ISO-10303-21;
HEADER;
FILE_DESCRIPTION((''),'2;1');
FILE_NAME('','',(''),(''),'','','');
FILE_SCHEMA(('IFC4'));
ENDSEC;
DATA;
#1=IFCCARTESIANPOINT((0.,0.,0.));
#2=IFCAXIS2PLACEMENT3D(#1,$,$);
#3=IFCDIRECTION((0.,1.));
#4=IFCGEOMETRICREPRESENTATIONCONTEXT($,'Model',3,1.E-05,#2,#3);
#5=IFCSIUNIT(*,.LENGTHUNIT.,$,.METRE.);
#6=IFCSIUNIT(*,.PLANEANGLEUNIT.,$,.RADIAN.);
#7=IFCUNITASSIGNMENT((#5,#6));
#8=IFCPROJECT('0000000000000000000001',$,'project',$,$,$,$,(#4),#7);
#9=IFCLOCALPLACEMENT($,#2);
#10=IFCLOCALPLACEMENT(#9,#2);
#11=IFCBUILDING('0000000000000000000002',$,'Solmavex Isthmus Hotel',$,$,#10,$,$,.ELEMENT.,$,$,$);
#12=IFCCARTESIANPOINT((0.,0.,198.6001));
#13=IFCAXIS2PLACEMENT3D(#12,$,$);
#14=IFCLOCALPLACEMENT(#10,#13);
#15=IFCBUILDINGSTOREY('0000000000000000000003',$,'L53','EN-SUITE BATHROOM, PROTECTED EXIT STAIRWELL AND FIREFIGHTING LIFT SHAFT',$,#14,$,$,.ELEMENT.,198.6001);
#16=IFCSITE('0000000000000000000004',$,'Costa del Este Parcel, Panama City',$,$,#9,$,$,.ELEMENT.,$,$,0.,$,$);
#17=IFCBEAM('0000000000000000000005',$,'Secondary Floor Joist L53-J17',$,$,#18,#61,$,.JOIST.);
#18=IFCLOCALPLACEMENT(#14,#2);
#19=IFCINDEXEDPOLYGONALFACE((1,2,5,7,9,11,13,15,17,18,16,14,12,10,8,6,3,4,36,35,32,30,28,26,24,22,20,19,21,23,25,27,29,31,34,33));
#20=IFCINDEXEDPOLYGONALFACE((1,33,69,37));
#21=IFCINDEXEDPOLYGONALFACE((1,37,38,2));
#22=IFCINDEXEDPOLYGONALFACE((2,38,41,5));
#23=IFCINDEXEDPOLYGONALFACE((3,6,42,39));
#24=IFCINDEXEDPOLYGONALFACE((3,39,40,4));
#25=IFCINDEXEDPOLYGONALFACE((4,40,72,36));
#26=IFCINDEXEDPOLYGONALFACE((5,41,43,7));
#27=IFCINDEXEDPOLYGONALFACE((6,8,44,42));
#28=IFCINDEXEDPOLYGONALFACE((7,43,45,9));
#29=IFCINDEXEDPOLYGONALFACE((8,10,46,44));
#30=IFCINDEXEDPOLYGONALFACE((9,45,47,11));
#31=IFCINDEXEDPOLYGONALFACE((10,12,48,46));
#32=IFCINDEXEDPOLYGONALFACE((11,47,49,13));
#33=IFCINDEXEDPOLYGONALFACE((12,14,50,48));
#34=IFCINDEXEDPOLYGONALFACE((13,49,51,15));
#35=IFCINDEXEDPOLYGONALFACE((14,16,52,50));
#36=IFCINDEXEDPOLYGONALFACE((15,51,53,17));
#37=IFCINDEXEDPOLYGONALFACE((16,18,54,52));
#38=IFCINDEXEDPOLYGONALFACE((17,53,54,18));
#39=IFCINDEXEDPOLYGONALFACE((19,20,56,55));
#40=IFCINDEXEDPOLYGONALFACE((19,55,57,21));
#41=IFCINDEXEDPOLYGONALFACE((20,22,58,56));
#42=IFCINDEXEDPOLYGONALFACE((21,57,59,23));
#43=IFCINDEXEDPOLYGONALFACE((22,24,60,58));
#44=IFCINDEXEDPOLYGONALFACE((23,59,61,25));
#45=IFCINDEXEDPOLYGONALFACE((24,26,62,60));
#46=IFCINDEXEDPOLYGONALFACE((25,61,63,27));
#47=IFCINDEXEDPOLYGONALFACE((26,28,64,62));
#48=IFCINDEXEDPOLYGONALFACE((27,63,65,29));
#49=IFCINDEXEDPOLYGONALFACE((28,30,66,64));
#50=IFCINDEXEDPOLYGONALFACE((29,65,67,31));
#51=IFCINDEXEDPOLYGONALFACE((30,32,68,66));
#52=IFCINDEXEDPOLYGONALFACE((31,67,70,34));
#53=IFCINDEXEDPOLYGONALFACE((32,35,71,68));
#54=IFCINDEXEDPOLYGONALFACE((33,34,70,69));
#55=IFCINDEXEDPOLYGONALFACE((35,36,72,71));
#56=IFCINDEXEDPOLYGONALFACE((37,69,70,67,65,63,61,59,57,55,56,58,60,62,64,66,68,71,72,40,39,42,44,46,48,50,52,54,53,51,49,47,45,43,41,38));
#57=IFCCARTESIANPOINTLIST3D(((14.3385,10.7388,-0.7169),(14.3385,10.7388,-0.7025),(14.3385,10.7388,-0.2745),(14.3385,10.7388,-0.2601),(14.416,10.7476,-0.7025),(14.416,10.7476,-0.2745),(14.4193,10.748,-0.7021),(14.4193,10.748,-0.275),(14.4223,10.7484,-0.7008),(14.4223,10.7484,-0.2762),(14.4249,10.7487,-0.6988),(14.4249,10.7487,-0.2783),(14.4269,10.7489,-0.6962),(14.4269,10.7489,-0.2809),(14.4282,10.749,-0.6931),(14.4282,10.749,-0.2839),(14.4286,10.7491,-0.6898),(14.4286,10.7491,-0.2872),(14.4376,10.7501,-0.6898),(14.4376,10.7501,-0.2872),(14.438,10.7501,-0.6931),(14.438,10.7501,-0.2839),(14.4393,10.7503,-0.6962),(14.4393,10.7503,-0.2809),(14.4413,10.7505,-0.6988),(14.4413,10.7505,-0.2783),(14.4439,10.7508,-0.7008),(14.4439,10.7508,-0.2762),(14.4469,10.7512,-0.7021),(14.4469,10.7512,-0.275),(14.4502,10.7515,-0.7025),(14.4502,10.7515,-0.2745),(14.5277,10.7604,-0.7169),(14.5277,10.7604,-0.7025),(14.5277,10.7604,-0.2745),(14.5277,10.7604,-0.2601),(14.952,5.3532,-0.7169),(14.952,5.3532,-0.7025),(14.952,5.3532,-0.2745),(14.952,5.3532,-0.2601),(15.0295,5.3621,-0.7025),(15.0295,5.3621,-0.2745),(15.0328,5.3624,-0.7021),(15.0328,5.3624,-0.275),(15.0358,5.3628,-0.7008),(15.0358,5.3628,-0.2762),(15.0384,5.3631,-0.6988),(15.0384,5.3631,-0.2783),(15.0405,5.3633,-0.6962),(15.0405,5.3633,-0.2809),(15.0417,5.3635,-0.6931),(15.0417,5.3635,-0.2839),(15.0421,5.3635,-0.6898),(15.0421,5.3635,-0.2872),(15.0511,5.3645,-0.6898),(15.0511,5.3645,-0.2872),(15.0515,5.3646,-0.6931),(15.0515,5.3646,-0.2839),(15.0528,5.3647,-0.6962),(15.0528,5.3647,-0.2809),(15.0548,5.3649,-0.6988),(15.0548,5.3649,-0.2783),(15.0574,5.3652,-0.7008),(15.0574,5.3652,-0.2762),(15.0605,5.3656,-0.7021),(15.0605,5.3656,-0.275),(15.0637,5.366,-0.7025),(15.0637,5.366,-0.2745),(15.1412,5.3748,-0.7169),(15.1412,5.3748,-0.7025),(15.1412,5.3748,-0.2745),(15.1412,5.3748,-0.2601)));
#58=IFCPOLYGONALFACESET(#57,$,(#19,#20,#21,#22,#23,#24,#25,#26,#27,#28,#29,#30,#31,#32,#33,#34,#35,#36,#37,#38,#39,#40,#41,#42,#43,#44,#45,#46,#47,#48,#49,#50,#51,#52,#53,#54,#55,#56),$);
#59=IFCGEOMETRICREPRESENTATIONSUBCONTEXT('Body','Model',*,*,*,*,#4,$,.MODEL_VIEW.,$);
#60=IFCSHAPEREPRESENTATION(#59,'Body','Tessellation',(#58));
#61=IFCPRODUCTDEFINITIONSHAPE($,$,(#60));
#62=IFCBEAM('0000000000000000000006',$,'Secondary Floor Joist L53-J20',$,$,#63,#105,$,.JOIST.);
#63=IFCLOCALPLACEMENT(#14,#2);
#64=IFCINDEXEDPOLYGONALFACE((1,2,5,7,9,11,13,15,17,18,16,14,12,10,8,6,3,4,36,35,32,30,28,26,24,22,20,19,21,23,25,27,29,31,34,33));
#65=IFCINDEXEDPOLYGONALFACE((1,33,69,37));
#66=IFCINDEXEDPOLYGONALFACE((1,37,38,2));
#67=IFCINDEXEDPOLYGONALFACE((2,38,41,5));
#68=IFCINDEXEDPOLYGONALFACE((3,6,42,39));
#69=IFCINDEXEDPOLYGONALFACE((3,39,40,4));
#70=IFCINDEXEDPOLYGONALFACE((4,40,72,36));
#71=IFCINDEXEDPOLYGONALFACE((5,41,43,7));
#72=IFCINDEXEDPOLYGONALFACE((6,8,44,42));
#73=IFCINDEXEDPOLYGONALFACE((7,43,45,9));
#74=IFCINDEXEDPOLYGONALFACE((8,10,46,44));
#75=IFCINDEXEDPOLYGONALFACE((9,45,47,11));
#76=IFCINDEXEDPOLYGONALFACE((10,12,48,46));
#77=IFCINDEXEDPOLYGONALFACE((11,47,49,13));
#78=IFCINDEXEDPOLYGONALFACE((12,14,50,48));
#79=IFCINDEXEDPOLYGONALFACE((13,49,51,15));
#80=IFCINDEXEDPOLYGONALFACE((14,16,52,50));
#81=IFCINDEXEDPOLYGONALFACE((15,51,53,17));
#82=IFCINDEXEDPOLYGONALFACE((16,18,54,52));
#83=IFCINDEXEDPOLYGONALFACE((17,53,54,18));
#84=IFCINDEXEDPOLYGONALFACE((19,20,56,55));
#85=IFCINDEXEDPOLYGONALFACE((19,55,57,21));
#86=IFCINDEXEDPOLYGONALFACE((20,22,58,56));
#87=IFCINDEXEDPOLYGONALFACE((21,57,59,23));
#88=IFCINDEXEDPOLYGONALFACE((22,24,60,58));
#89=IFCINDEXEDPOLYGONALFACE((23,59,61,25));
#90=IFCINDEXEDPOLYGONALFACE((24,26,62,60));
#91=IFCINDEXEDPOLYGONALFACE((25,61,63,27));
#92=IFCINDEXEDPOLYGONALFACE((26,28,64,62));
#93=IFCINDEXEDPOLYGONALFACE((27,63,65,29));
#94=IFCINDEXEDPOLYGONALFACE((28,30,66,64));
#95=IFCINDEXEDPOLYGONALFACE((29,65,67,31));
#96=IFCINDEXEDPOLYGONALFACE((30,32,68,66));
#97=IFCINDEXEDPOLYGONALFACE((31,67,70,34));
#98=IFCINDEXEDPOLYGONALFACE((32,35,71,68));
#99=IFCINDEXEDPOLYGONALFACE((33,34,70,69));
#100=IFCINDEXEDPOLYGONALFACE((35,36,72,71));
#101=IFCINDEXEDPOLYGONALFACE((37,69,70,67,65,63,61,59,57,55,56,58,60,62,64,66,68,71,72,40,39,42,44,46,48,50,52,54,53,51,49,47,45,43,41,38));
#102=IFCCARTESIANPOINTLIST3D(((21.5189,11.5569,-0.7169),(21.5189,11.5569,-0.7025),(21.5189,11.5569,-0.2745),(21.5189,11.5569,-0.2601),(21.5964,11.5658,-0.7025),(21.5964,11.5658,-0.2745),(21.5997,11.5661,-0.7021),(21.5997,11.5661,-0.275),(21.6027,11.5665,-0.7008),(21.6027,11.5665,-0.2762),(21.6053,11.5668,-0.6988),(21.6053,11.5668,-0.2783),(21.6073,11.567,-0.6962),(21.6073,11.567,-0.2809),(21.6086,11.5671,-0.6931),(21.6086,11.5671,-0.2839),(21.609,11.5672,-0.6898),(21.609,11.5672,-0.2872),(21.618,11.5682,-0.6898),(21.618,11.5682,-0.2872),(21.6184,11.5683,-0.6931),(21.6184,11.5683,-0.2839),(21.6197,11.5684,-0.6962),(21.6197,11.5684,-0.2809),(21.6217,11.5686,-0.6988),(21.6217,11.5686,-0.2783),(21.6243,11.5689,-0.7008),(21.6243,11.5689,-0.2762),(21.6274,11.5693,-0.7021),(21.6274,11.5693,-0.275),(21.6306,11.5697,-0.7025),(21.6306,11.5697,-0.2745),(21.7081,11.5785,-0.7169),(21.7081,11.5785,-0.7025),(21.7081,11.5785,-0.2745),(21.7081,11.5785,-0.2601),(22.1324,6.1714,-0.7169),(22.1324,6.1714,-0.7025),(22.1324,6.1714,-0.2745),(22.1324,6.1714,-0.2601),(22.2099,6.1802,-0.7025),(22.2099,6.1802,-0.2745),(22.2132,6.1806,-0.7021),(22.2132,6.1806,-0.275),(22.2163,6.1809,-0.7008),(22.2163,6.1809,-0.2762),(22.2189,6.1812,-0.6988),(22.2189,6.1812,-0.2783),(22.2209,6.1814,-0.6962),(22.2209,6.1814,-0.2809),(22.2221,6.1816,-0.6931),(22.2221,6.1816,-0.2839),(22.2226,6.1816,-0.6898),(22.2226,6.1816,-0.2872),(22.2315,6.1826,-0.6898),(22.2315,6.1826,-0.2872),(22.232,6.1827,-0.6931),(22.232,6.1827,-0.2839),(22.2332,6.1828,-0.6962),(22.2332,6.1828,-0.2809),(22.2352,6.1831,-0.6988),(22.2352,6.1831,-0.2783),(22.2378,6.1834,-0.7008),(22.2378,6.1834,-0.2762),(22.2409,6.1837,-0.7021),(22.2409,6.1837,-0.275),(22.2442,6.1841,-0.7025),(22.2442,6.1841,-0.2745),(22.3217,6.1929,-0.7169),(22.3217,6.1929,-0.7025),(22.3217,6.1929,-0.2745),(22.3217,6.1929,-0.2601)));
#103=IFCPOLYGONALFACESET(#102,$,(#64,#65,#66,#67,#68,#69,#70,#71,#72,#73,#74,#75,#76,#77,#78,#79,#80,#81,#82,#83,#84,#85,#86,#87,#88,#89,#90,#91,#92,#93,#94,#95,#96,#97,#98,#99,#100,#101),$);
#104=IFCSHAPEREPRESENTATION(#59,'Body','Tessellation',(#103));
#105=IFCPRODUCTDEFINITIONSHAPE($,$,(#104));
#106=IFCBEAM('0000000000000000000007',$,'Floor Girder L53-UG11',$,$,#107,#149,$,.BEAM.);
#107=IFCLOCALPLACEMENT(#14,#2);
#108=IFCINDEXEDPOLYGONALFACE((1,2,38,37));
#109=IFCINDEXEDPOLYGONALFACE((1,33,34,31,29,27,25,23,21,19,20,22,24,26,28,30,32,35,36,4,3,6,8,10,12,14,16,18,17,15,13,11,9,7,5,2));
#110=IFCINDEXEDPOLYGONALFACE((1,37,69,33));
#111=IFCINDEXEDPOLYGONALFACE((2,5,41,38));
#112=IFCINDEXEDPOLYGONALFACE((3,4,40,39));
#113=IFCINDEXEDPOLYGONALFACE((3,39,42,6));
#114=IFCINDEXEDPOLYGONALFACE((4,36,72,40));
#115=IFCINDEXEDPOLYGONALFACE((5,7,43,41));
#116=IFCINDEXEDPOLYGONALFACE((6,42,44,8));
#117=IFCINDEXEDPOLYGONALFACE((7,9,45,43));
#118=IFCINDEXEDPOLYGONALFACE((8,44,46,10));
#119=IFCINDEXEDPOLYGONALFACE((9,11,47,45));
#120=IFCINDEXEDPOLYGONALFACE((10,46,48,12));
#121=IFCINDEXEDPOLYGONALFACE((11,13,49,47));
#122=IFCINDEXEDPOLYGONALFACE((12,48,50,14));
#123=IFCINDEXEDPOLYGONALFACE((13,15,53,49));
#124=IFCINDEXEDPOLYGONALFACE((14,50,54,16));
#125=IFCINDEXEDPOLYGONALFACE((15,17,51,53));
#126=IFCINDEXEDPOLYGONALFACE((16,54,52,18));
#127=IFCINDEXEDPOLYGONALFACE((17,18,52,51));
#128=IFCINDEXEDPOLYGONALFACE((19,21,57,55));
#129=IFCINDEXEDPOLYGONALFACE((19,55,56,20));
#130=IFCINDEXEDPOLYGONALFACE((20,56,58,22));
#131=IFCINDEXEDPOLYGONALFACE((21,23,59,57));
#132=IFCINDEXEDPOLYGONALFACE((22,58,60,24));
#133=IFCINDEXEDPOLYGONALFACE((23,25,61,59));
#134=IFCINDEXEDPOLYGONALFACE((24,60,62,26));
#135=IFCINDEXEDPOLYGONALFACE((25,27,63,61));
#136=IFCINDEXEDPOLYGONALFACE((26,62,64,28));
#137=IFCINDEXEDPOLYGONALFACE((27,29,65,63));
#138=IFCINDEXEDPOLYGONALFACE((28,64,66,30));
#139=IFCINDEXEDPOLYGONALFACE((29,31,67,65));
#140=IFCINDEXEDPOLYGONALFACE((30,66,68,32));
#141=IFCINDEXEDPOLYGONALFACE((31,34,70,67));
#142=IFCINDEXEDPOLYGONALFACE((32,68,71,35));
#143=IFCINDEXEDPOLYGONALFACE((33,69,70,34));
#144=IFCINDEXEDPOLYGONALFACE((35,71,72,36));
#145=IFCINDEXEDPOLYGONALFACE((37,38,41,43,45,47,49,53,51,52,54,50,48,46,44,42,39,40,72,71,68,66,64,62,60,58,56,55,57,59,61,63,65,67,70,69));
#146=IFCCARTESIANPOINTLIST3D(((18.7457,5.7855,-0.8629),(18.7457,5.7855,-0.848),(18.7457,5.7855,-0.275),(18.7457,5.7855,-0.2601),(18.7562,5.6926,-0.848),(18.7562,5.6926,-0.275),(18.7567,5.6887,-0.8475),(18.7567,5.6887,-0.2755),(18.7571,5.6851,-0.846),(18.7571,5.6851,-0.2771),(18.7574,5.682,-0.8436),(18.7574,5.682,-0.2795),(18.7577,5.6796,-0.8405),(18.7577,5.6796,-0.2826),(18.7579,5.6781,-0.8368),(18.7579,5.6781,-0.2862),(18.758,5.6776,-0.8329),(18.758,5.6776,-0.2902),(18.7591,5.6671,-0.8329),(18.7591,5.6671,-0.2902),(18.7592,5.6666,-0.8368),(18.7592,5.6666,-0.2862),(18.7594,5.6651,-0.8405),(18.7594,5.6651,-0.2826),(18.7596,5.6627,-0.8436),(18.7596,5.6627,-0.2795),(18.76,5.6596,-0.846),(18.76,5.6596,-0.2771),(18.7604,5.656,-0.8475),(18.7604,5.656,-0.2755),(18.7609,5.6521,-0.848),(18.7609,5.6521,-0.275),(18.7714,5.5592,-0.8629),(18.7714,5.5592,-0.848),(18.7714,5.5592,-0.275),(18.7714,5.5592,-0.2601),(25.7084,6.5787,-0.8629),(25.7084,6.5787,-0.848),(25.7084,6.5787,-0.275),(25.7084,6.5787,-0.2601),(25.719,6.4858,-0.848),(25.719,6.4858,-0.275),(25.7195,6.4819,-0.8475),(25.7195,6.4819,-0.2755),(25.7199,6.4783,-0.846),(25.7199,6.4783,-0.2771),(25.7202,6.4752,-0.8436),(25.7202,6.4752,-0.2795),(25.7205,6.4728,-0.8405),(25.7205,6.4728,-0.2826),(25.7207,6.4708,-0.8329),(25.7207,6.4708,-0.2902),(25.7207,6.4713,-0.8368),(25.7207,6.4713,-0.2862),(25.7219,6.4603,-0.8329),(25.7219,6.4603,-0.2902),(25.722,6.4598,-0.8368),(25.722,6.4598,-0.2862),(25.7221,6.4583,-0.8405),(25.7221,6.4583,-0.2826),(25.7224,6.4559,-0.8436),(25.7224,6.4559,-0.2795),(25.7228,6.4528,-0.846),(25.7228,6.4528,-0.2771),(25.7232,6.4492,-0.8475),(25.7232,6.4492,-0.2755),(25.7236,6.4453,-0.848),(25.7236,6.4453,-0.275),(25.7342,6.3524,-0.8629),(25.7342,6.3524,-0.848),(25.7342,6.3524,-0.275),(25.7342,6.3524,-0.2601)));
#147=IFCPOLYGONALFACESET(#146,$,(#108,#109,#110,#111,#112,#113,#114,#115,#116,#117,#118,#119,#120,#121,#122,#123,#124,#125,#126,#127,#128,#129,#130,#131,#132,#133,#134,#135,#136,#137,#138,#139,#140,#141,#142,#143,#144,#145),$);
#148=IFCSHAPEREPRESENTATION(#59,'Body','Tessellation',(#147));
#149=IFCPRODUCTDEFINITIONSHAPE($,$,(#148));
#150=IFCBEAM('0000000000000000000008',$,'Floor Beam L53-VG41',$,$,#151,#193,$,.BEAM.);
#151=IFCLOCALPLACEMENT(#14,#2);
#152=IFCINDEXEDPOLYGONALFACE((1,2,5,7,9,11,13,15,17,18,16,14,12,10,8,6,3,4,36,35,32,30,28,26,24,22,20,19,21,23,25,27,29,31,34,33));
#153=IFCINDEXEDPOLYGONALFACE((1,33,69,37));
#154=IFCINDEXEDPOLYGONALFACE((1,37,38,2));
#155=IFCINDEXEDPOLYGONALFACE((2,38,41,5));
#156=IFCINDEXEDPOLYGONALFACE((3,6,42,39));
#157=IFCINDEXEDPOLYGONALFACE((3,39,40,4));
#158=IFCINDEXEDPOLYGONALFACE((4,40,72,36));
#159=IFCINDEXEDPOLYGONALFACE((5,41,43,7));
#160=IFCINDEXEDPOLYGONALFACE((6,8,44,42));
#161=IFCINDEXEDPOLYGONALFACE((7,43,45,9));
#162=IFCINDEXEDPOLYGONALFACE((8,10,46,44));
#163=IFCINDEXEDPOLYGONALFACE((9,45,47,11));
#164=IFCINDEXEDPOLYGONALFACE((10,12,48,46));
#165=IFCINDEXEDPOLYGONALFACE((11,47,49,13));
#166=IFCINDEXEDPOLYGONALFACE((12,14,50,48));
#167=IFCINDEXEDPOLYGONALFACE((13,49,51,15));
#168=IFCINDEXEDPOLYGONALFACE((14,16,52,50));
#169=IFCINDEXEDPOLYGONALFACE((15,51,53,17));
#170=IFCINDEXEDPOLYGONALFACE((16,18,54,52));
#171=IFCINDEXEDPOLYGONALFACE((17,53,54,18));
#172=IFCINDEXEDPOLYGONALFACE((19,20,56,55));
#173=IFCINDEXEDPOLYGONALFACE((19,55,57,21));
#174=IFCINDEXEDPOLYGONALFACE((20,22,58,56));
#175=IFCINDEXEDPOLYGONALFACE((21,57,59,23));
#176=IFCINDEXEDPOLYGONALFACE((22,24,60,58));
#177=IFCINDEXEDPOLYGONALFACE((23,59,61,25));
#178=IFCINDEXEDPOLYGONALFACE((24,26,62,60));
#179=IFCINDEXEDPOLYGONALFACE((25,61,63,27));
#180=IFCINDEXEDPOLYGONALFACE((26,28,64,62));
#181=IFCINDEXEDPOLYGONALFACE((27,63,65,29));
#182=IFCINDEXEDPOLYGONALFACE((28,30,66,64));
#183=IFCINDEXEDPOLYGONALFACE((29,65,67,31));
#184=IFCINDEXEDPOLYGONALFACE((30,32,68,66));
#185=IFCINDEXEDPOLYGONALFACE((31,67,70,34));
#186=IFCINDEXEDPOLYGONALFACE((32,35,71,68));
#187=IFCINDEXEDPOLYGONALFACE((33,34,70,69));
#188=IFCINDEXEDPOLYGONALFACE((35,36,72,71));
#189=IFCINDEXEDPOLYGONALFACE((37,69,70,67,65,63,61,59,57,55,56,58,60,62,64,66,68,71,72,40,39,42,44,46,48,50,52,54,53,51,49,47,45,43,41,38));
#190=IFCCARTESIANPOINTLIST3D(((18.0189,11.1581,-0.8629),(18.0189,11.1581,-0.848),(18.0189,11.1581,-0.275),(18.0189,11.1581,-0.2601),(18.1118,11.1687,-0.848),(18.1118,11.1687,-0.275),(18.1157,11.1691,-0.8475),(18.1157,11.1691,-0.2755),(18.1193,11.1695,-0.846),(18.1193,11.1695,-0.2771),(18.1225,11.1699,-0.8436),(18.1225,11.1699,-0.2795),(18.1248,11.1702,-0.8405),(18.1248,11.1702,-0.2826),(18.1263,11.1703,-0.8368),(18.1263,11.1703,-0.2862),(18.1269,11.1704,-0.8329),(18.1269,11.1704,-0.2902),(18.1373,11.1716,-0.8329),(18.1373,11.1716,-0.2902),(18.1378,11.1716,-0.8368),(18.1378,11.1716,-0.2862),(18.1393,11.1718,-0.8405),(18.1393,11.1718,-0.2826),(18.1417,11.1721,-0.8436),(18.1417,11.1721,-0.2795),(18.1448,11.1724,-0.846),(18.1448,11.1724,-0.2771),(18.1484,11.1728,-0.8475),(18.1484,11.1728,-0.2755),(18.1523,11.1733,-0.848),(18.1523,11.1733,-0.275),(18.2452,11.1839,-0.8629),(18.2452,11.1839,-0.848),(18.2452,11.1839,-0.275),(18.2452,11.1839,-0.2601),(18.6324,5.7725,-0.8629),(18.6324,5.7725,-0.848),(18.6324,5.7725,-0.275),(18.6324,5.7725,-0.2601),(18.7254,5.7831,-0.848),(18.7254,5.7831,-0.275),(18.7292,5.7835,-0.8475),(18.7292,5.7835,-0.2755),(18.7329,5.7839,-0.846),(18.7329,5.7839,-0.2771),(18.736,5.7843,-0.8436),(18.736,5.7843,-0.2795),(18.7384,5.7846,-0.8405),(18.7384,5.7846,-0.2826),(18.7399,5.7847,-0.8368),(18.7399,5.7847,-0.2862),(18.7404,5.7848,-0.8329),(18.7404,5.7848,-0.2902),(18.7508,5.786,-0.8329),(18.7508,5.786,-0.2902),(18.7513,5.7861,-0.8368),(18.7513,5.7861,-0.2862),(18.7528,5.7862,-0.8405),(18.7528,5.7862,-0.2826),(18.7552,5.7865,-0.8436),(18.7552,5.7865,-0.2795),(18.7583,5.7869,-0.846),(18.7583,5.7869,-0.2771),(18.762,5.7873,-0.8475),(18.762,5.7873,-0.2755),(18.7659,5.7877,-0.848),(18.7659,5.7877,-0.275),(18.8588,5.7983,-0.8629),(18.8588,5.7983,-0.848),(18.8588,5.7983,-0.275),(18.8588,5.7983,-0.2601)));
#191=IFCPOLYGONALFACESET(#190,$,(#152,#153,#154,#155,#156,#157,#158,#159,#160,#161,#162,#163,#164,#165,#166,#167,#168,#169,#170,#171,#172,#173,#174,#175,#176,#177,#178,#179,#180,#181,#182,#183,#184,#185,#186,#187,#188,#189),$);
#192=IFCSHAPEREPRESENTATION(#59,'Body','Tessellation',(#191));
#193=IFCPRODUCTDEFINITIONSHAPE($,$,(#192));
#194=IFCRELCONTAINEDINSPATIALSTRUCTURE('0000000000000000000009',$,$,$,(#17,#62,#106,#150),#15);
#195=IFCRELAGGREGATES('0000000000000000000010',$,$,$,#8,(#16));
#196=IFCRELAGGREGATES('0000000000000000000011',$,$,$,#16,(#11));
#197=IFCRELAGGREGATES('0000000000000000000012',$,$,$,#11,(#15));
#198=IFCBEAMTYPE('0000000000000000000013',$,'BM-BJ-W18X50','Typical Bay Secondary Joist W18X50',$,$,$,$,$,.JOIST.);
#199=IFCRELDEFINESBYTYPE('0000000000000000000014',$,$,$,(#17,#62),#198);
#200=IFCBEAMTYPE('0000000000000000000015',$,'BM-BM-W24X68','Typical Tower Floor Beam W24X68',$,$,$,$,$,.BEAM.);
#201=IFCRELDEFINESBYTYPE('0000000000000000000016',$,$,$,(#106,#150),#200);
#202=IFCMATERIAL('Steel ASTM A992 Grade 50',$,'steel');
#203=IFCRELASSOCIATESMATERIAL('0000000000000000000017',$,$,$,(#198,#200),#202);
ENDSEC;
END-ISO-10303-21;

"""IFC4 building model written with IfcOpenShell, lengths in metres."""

from ifc_helpers import new_model, si_unit, direction, frame, origin, origin_2d, place, context, subcontext, project, spatial, i_section, extrude, material, material_profile, profile_set, type_object, element, save


model = new_model("IFC4")

# Units and contexts
model_context = context("Model", 3, precision=1e-05, world=origin(), true_north=direction((0.0, 1.0)))
body_context = subcontext(model_context, "Body", "Model", "MODEL_VIEW")
ifc_project = project(units=[si_unit("LENGTHUNIT", "METRE"), si_unit("PLANEANGLEUNIT", "RADIAN")], contexts=[model_context])

# Site, building, storey
site_placement = place(None, origin())
site = spatial("IfcSite", under=ifc_project, at=site_placement, Name="Costa del Este Parcel, Panama City", CompositionType="ELEMENT", RefElevation=0.0)
building_placement = place(site_placement, origin())
building = spatial("IfcBuilding", under=site, at=building_placement, Name="Solmavex Isthmus Hotel", CompositionType="ELEMENT")
storey_placement = place(building_placement, frame((0.0, 0.0, 198.6001)))
storey = spatial("IfcBuildingStorey", under=building, at=storey_placement, Name="L53", Description="EN-SUITE BATHROOM, PROTECTED EXIT STAIRWELL AND FIREFIGHTING LIFT SHAFT", CompositionType="ELEMENT", Elevation=198.6001)

# Beams
ifc_material_1 = material(Name="Steel ASTM A992 Grade 50", Category="steel")
ifc_material_profile_1 = material_profile(ifc_material_1, i_section(OverallWidth=0.1904, OverallDepth=0.4568, WebThickness=0.009, FlangeThickness=0.0144, FilletRadius=0.0127, at=origin_2d()), Name="W18X50")
ifc_profile_set_1 = profile_set([ifc_material_profile_1], Name="Steel ASTM A992 Grade 50")
beam_type_1 = type_object("IfcBeamType", Name="BM-BJ-W18X50", Description="Typical Bay Secondary Joist W18X50", PredefinedType="JOIST", material=ifc_profile_set_1)
for number, where, z_axis, x_axis, name in (
    (1, (15.0466, 5.364, -0.4885), (-0.11319, 0.993573, 0.0), (-0.993573, -0.11319, 0.0), "Secondary Floor Joist L53-J17"),
    (2, (22.2271, 6.1821, -0.4885), (-0.11319, 0.993573, 0.0), (-0.993573, -0.11319, 0.0), "Secondary Floor Joist L53-J20"),
):
    element("IfcBeam", number, at=place(storey_placement, frame(where, z_axis=z_axis, x_axis=x_axis)), inside=storey, type_object=beam_type_1, Name=name, PredefinedType="JOIST", context=body_context, shape_type="SweptSolid", body=[
        extrude(i_section(OverallWidth=0.1904, OverallDepth=0.4568, WebThickness=0.009, FlangeThickness=0.0144, FilletRadius=0.0127, at=origin_2d()), origin(), (0.0, 0.0, 1.0), 5.4204),
    ])
ifc_material_profile_2 = material_profile(ifc_material_1, i_section(OverallWidth=0.2278, OverallDepth=0.6028, WebThickness=0.0105, FlangeThickness=0.0149, FilletRadius=0.0151, at=origin_2d()), Name="W24X68")
ifc_profile_set_2 = profile_set([ifc_material_profile_2], Name="Steel ASTM A992 Grade 50")
beam_type_2 = type_object("IfcBeamType", Name="BM-BM-W24X68", Description="Typical Tower Floor Beam W24X68", PredefinedType="BEAM", material=ifc_profile_set_2)
beam_1_placement = place(storey_placement, frame((18.7585, 5.6724, -0.5615), z_axis=(0.993574, 0.113188, 0.0), x_axis=(-0.113188, 0.993574, 0.0)))
element("IfcBeam", 3, at=beam_1_placement, inside=storey, type_object=beam_type_2, Name="Floor Girder L53-UG11", PredefinedType="BEAM", context=body_context, shape_type="SweptSolid", body=[
    extrude(i_section(OverallWidth=0.2278, OverallDepth=0.6028, WebThickness=0.0105, FlangeThickness=0.0149, FilletRadius=0.0151, at=origin_2d()), origin(), (0.0, 0.0, 1.0), 7.0078),
])
beam_2_placement = place(storey_placement, frame((18.7456, 5.7854, -0.5615), z_axis=(-0.11319, 0.993573, 0.0), x_axis=(-0.993573, -0.11319, 0.0)))
element("IfcBeam", 4, at=beam_2_placement, inside=storey, type_object=beam_type_2, Name="Floor Beam L53-VG41", PredefinedType="BEAM", context=body_context, shape_type="SweptSolid", body=[
    extrude(i_section(OverallWidth=0.2278, OverallDepth=0.6028, WebThickness=0.0105, FlangeThickness=0.0149, FilletRadius=0.0151, at=origin_2d()), origin(), (0.0, 0.0, 1.0), 5.4204),
])

save(model, "model.ifc")
